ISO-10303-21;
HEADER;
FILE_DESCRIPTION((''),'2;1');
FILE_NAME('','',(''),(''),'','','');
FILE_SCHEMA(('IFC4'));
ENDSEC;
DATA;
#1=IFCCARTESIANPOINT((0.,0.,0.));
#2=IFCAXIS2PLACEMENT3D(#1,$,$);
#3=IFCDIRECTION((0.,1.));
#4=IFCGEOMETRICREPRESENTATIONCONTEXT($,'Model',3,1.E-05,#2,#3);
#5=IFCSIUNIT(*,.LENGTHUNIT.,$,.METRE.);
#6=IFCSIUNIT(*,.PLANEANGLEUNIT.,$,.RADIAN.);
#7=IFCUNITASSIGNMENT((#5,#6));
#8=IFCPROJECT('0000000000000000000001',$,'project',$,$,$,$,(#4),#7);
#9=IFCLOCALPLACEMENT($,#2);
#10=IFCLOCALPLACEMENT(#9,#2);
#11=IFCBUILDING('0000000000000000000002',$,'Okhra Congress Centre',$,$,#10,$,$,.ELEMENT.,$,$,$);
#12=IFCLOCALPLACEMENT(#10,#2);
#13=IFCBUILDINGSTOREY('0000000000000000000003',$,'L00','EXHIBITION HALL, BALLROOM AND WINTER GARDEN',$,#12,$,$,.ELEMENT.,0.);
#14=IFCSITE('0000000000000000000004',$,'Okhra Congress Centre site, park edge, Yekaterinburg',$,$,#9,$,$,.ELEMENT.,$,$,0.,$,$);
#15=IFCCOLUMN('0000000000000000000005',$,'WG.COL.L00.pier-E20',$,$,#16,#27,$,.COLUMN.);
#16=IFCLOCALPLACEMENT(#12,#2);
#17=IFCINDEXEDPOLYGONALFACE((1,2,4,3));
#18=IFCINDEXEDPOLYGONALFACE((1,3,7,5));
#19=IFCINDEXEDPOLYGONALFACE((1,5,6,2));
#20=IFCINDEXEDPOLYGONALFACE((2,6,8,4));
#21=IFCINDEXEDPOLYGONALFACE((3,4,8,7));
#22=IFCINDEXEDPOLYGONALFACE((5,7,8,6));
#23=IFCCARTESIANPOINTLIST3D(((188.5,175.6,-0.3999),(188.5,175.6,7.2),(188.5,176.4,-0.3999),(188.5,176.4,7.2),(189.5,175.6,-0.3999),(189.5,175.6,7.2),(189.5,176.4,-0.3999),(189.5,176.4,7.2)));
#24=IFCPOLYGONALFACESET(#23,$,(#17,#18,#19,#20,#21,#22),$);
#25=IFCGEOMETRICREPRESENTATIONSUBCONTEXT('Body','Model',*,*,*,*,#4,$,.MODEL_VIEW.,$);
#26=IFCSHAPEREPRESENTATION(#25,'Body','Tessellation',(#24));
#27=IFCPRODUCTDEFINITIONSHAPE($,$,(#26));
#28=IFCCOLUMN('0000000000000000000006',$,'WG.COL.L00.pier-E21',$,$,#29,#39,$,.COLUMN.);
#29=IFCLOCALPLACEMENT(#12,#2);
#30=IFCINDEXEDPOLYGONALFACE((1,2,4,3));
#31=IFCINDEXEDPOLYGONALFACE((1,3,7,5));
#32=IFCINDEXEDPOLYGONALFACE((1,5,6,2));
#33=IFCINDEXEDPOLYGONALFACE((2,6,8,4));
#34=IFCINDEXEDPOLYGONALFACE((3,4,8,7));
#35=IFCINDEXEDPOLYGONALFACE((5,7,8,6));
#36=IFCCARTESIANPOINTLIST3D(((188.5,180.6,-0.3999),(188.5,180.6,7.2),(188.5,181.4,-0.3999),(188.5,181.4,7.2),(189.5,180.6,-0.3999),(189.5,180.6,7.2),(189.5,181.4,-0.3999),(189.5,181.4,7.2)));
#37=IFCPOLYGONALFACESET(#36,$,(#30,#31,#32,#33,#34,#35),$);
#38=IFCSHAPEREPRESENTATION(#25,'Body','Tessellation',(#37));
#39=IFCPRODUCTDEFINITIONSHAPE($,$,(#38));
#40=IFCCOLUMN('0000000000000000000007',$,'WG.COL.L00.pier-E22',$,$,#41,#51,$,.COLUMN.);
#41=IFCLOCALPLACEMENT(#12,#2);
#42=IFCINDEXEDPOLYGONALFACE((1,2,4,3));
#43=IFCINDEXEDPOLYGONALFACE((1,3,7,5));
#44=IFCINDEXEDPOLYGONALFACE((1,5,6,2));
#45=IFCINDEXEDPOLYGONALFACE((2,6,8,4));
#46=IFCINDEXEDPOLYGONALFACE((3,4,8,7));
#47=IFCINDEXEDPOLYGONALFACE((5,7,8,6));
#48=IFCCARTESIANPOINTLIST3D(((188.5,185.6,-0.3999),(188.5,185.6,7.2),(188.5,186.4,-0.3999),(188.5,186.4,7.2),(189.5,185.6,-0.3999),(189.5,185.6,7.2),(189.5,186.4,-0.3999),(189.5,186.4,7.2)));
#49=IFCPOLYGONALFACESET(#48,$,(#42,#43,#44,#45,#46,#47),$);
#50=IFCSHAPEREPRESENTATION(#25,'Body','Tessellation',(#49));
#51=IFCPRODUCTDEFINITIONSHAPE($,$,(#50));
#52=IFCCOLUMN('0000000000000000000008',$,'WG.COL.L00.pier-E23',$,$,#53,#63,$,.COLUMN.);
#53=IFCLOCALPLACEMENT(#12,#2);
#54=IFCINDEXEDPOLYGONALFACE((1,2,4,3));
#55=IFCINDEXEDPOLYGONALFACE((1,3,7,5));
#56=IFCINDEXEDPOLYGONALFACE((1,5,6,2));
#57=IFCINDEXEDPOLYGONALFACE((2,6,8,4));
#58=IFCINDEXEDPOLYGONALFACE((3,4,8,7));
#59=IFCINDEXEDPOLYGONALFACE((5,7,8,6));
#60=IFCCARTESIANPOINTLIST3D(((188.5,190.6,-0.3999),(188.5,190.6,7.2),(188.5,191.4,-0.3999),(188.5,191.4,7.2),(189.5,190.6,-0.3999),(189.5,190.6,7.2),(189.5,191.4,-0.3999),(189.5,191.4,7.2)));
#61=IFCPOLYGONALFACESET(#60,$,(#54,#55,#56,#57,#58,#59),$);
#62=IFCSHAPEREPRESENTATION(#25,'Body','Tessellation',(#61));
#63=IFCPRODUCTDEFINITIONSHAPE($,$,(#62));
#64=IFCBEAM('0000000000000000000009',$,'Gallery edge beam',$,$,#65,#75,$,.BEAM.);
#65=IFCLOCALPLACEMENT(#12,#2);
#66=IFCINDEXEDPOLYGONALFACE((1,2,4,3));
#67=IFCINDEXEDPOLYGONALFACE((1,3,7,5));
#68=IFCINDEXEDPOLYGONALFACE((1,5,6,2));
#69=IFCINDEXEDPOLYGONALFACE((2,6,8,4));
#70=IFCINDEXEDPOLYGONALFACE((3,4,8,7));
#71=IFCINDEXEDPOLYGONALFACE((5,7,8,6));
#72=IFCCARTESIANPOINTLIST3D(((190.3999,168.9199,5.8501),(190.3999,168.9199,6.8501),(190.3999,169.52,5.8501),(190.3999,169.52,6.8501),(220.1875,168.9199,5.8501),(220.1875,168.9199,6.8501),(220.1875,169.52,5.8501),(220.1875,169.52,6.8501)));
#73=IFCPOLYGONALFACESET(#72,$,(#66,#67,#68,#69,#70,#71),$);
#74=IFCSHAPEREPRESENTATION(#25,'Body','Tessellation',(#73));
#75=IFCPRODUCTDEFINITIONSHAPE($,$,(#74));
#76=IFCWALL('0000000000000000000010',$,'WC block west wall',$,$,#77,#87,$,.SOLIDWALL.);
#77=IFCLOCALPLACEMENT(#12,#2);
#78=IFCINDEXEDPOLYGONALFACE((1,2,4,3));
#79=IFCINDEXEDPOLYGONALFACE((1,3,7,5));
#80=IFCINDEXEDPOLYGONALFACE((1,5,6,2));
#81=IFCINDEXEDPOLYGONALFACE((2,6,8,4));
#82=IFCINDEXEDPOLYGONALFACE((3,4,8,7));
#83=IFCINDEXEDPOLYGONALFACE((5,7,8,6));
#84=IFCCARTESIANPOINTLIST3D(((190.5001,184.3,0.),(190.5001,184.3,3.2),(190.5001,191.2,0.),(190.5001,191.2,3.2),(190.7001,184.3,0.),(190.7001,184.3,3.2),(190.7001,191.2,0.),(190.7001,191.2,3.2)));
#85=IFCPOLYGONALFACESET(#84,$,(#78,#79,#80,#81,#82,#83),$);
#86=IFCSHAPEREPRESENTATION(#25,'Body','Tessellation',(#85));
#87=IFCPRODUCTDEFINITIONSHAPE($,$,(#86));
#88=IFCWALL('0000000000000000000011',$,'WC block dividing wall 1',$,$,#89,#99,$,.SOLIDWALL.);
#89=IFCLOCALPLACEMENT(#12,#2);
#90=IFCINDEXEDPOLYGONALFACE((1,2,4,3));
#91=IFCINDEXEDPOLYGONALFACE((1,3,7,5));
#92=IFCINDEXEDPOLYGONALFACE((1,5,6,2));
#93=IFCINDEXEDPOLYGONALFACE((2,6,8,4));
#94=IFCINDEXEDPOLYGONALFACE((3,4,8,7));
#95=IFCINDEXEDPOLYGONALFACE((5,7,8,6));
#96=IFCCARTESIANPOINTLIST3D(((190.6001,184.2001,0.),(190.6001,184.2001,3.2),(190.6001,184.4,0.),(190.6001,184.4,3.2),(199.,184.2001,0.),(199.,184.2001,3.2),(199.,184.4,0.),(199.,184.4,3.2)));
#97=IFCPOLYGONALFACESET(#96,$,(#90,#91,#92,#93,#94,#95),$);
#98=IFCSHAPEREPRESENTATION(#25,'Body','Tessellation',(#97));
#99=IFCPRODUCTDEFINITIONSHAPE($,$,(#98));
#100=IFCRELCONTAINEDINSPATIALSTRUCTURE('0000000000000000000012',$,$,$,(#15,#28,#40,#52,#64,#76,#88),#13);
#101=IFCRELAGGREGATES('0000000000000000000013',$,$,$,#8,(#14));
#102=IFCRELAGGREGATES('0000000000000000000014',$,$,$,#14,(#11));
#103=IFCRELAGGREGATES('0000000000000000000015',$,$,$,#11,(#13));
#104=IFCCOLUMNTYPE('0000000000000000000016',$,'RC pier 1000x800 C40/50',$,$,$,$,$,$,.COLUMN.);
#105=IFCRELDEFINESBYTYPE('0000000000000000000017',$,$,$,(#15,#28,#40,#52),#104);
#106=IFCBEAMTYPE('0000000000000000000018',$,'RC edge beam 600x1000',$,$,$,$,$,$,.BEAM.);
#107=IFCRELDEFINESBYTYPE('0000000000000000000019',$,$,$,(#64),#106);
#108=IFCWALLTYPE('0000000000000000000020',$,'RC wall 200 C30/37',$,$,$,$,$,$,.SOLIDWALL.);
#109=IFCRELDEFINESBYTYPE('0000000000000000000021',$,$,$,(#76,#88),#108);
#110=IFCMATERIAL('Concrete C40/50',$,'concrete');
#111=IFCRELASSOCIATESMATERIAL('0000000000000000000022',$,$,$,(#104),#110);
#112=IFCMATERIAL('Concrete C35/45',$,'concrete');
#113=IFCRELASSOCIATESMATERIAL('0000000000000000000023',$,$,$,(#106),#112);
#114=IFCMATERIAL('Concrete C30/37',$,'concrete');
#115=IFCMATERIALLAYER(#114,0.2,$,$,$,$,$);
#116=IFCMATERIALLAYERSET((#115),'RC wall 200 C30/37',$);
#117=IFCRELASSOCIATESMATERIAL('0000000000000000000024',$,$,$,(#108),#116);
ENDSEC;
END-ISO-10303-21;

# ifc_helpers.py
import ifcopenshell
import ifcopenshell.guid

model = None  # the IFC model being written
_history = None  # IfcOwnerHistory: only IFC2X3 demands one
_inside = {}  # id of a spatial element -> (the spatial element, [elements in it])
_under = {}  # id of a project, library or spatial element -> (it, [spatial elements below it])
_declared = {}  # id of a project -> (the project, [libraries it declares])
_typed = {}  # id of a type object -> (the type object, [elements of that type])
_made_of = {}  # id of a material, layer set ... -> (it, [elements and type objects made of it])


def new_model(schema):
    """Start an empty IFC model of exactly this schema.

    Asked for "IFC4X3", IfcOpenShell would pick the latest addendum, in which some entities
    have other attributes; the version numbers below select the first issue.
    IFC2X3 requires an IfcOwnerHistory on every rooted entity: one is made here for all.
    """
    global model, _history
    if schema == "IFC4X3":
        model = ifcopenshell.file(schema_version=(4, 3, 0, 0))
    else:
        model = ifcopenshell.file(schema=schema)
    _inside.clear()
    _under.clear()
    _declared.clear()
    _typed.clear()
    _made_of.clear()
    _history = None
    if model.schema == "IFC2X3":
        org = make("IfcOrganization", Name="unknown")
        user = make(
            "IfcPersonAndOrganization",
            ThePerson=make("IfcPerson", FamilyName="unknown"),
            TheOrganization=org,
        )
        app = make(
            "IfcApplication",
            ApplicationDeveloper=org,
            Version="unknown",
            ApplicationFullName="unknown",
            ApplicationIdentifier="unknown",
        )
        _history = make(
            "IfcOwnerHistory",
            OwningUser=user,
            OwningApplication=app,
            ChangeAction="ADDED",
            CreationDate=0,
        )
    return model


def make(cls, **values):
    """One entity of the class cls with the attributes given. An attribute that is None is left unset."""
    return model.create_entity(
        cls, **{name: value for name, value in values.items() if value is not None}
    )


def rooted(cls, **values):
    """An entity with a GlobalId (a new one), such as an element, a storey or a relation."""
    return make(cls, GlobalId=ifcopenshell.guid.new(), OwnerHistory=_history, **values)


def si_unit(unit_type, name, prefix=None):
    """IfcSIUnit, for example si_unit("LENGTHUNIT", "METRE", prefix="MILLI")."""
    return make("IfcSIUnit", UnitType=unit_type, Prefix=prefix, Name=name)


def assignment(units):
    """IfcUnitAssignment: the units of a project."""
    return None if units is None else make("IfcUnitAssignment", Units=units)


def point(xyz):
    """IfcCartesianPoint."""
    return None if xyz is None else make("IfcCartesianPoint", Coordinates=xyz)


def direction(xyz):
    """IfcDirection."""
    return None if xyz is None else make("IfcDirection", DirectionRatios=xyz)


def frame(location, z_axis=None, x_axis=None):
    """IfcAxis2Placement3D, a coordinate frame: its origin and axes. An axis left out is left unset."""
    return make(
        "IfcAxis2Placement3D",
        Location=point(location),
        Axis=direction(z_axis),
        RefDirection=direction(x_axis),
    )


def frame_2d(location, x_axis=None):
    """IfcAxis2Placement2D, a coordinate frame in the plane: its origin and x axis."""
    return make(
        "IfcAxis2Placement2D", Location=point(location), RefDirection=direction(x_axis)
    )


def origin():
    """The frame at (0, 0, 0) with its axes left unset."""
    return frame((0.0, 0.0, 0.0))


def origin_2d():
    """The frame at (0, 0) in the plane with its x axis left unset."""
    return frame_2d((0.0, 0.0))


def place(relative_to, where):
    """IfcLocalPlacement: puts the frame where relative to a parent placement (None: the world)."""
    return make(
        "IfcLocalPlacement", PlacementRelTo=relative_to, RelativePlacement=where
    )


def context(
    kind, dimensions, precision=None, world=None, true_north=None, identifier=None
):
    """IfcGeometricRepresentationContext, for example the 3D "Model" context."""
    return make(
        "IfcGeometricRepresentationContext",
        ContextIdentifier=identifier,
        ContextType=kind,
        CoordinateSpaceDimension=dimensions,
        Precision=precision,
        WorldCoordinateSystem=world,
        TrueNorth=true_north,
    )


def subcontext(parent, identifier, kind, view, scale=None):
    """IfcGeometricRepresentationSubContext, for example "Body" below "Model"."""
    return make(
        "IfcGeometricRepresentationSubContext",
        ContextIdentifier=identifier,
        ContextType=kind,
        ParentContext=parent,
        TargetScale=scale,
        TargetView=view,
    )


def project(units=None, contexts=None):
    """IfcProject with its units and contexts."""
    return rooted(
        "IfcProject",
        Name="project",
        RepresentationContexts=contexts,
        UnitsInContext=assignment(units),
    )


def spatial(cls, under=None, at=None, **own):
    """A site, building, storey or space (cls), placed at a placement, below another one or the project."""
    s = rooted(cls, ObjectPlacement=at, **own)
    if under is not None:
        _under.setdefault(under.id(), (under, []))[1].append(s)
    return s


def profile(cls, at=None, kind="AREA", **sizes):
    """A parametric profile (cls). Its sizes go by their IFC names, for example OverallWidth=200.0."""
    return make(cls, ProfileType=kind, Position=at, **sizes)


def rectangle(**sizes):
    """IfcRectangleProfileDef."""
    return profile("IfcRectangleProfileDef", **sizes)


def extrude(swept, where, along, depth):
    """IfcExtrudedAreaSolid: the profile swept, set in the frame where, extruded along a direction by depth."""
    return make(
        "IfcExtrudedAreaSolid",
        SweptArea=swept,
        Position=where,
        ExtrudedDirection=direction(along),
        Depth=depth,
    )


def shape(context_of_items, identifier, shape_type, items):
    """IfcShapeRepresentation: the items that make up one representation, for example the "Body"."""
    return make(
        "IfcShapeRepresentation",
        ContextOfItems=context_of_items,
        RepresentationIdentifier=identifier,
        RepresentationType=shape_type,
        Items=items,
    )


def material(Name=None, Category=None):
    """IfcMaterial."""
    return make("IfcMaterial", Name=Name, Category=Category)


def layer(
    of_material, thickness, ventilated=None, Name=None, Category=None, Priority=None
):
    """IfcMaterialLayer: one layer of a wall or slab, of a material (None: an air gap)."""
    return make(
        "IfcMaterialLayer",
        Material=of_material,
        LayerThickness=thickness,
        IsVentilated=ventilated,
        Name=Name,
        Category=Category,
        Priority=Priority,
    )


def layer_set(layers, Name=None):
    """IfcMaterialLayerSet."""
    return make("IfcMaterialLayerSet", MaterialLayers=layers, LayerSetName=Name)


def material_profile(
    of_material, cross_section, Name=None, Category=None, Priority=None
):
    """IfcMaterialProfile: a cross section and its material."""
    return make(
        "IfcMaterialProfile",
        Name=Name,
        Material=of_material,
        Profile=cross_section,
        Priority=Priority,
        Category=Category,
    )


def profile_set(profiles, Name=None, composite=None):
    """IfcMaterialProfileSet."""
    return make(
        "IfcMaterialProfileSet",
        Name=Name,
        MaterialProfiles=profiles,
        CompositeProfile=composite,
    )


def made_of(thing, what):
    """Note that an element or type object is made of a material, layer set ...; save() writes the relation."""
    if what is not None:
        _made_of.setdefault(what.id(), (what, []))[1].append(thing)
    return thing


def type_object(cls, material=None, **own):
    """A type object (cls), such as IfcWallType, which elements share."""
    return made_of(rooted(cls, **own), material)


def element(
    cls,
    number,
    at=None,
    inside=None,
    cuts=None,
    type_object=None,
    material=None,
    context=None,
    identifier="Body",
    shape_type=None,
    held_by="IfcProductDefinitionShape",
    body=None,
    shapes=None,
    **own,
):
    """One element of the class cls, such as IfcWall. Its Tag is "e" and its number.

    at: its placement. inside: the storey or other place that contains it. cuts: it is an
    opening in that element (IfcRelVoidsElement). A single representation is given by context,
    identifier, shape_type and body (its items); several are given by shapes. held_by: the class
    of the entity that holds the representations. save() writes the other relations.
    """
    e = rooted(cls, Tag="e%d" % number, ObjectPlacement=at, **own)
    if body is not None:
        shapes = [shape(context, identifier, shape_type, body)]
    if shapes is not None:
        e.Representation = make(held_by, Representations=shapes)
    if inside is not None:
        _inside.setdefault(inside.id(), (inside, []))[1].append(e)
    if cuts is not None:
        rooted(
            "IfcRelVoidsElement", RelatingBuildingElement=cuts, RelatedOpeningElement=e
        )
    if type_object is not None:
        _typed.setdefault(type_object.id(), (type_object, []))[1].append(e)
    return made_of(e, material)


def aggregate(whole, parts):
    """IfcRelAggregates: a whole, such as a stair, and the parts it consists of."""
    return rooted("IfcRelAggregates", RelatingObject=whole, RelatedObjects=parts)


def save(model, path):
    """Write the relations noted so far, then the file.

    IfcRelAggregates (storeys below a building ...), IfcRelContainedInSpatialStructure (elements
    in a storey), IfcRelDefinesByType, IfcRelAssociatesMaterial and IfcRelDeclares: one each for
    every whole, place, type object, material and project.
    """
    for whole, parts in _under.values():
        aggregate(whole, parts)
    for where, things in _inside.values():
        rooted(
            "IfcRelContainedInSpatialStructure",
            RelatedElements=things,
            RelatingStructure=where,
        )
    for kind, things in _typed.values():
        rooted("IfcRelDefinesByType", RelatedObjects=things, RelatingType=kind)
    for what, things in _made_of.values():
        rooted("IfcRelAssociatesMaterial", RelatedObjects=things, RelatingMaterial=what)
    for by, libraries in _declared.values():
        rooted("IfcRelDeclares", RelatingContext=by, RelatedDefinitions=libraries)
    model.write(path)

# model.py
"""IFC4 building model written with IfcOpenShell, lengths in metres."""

from ifc_helpers import new_model, si_unit, direction, frame, frame_2d, origin, origin_2d, place, context, subcontext, project, spatial, rectangle, extrude, material, layer, layer_set, material_profile, profile_set, type_object, element, save


model = new_model("IFC4")

# Units and contexts
model_context = context("Model", 3, precision=1e-05, world=origin(), true_north=direction((0.0, 1.0)))
body_context = subcontext(model_context, "Body", "Model", "MODEL_VIEW")
ifc_project = project(units=[si_unit("LENGTHUNIT", "METRE"), si_unit("PLANEANGLEUNIT", "RADIAN")], contexts=[model_context])

# Site, building, storey
site_placement = place(None, origin())
site = spatial("IfcSite", under=ifc_project, at=site_placement, Name="Okhra Congress Centre site, park edge, Yekaterinburg", CompositionType="ELEMENT", RefElevation=0.0)
building_placement = place(site_placement, origin())
building = spatial("IfcBuilding", under=site, at=building_placement, Name="Okhra Congress Centre", CompositionType="ELEMENT")
storey_placement = place(building_placement, origin())
storey = spatial("IfcBuildingStorey", under=building, at=storey_placement, Name="L00", Description="EXHIBITION HALL, BALLROOM AND WINTER GARDEN", CompositionType="ELEMENT", Elevation=0.0)

# Shared definitions
ifc_material_1 = material(Name="Concrete C30/37", Category="concrete")

# Columns
ifc_material_2 = material(Name="Concrete C40/50", Category="concrete")
ifc_material_profile_1 = material_profile(ifc_material_2, rectangle(XDim=1.0, YDim=0.8, at=origin_2d()), Name="RC 1000x800")
ifc_profile_set_1 = profile_set([ifc_material_profile_1], Name="Concrete C40/50")
column_type = type_object("IfcColumnType", Name="RC pier 1000x800 C40/50", PredefinedType="COLUMN", material=ifc_profile_set_1)
for number, where, z_axis, x_axis, name in (
    (1, (189.0, 176.0, -0.3999), (0.0, 0.0, 1.0), (1.0, 0.0, 0.0), "WG.COL.L00.pier-E20"),
    (2, (189.0, 181.0, -0.3999), (0.0, 0.0, 1.0), (1.0, 0.0, 0.0), "WG.COL.L00.pier-E21"),
    (3, (189.0, 186.0, -0.3999), (0.0, 0.0, 1.0), (1.0, 0.0, 0.0), "WG.COL.L00.pier-E22"),
    (4, (189.0, 191.0, -0.3999), (0.0, 0.0, 1.0), (1.0, 0.0, 0.0), "WG.COL.L00.pier-E23"),
):
    element("IfcColumn", number, at=place(storey_placement, frame(where, z_axis=z_axis, x_axis=x_axis)), inside=storey, type_object=column_type, Name=name, PredefinedType="COLUMN", context=body_context, shape_type="SweptSolid", body=[
        extrude(rectangle(XDim=1.0, YDim=0.8, at=origin_2d()), origin(), (0.0, 0.0, 1.0), 7.5999),
    ])

# Beam
ifc_material_3 = material(Name="Concrete C35/45", Category="concrete")
ifc_material_profile_2 = material_profile(ifc_material_3, rectangle(XDim=0.6001, YDim=1.0, at=origin_2d()), Name="RC edge beam 600x1000")
ifc_profile_set_2 = profile_set([ifc_material_profile_2], Name="Concrete C35/45")
beam_type = type_object("IfcBeamType", Name="RC edge beam 600x1000", PredefinedType="BEAM", material=ifc_profile_set_2)
beam_placement = place(storey_placement, frame((190.3999, 169.22, 6.3501), z_axis=(1.0, 0.0, 0.0), x_axis=(0.0, 1.0, 0.0)))
element("IfcBeam", 5, at=beam_placement, inside=storey, type_object=beam_type, Name="Gallery edge beam", PredefinedType="BEAM", context=body_context, shape_type="SweptSolid", body=[
    extrude(rectangle(XDim=0.6001, YDim=1.0, at=origin_2d()), origin(), (0.0, 0.0, 1.0), 29.7876),
])

# Walls
ifc_layer = layer(ifc_material_1, 0.2)
ifc_layer_set = layer_set([ifc_layer], Name="RC wall 200 C30/37")
wall_type = type_object("IfcWallType", Name="RC wall 200 C30/37", PredefinedType="SOLIDWALL", material=ifc_layer_set)
wall_1_placement = place(storey_placement, frame((190.6001, 184.3, 0.0), z_axis=(0.0, 0.0, 1.0), x_axis=(0.0, 1.0, 0.0)))
element("IfcWall", 6, at=wall_1_placement, inside=storey, type_object=wall_type, Name="WC block west wall", PredefinedType="SOLIDWALL", context=body_context, shape_type="SweptSolid", body=[
    extrude(rectangle(XDim=6.8999, YDim=0.2, at=frame_2d((3.45, 0.0))), origin(), (0.0, 0.0, 1.0), 3.2),
])
wall_2_placement = place(storey_placement, frame((190.6001, 184.3, 0.0), z_axis=(0.0, 0.0, 1.0), x_axis=(1.0, 0.0, 0.0)))
element("IfcWall", 7, at=wall_2_placement, inside=storey, type_object=wall_type, Name="WC block dividing wall 1", PredefinedType="SOLIDWALL", context=body_context, shape_type="SweptSolid", body=[
    extrude(rectangle(XDim=8.3999, YDim=0.2, at=frame_2d((4.2, 0.0))), origin(), (0.0, 0.0, 1.0), 3.2),
])

save(model, "model.ifc")
